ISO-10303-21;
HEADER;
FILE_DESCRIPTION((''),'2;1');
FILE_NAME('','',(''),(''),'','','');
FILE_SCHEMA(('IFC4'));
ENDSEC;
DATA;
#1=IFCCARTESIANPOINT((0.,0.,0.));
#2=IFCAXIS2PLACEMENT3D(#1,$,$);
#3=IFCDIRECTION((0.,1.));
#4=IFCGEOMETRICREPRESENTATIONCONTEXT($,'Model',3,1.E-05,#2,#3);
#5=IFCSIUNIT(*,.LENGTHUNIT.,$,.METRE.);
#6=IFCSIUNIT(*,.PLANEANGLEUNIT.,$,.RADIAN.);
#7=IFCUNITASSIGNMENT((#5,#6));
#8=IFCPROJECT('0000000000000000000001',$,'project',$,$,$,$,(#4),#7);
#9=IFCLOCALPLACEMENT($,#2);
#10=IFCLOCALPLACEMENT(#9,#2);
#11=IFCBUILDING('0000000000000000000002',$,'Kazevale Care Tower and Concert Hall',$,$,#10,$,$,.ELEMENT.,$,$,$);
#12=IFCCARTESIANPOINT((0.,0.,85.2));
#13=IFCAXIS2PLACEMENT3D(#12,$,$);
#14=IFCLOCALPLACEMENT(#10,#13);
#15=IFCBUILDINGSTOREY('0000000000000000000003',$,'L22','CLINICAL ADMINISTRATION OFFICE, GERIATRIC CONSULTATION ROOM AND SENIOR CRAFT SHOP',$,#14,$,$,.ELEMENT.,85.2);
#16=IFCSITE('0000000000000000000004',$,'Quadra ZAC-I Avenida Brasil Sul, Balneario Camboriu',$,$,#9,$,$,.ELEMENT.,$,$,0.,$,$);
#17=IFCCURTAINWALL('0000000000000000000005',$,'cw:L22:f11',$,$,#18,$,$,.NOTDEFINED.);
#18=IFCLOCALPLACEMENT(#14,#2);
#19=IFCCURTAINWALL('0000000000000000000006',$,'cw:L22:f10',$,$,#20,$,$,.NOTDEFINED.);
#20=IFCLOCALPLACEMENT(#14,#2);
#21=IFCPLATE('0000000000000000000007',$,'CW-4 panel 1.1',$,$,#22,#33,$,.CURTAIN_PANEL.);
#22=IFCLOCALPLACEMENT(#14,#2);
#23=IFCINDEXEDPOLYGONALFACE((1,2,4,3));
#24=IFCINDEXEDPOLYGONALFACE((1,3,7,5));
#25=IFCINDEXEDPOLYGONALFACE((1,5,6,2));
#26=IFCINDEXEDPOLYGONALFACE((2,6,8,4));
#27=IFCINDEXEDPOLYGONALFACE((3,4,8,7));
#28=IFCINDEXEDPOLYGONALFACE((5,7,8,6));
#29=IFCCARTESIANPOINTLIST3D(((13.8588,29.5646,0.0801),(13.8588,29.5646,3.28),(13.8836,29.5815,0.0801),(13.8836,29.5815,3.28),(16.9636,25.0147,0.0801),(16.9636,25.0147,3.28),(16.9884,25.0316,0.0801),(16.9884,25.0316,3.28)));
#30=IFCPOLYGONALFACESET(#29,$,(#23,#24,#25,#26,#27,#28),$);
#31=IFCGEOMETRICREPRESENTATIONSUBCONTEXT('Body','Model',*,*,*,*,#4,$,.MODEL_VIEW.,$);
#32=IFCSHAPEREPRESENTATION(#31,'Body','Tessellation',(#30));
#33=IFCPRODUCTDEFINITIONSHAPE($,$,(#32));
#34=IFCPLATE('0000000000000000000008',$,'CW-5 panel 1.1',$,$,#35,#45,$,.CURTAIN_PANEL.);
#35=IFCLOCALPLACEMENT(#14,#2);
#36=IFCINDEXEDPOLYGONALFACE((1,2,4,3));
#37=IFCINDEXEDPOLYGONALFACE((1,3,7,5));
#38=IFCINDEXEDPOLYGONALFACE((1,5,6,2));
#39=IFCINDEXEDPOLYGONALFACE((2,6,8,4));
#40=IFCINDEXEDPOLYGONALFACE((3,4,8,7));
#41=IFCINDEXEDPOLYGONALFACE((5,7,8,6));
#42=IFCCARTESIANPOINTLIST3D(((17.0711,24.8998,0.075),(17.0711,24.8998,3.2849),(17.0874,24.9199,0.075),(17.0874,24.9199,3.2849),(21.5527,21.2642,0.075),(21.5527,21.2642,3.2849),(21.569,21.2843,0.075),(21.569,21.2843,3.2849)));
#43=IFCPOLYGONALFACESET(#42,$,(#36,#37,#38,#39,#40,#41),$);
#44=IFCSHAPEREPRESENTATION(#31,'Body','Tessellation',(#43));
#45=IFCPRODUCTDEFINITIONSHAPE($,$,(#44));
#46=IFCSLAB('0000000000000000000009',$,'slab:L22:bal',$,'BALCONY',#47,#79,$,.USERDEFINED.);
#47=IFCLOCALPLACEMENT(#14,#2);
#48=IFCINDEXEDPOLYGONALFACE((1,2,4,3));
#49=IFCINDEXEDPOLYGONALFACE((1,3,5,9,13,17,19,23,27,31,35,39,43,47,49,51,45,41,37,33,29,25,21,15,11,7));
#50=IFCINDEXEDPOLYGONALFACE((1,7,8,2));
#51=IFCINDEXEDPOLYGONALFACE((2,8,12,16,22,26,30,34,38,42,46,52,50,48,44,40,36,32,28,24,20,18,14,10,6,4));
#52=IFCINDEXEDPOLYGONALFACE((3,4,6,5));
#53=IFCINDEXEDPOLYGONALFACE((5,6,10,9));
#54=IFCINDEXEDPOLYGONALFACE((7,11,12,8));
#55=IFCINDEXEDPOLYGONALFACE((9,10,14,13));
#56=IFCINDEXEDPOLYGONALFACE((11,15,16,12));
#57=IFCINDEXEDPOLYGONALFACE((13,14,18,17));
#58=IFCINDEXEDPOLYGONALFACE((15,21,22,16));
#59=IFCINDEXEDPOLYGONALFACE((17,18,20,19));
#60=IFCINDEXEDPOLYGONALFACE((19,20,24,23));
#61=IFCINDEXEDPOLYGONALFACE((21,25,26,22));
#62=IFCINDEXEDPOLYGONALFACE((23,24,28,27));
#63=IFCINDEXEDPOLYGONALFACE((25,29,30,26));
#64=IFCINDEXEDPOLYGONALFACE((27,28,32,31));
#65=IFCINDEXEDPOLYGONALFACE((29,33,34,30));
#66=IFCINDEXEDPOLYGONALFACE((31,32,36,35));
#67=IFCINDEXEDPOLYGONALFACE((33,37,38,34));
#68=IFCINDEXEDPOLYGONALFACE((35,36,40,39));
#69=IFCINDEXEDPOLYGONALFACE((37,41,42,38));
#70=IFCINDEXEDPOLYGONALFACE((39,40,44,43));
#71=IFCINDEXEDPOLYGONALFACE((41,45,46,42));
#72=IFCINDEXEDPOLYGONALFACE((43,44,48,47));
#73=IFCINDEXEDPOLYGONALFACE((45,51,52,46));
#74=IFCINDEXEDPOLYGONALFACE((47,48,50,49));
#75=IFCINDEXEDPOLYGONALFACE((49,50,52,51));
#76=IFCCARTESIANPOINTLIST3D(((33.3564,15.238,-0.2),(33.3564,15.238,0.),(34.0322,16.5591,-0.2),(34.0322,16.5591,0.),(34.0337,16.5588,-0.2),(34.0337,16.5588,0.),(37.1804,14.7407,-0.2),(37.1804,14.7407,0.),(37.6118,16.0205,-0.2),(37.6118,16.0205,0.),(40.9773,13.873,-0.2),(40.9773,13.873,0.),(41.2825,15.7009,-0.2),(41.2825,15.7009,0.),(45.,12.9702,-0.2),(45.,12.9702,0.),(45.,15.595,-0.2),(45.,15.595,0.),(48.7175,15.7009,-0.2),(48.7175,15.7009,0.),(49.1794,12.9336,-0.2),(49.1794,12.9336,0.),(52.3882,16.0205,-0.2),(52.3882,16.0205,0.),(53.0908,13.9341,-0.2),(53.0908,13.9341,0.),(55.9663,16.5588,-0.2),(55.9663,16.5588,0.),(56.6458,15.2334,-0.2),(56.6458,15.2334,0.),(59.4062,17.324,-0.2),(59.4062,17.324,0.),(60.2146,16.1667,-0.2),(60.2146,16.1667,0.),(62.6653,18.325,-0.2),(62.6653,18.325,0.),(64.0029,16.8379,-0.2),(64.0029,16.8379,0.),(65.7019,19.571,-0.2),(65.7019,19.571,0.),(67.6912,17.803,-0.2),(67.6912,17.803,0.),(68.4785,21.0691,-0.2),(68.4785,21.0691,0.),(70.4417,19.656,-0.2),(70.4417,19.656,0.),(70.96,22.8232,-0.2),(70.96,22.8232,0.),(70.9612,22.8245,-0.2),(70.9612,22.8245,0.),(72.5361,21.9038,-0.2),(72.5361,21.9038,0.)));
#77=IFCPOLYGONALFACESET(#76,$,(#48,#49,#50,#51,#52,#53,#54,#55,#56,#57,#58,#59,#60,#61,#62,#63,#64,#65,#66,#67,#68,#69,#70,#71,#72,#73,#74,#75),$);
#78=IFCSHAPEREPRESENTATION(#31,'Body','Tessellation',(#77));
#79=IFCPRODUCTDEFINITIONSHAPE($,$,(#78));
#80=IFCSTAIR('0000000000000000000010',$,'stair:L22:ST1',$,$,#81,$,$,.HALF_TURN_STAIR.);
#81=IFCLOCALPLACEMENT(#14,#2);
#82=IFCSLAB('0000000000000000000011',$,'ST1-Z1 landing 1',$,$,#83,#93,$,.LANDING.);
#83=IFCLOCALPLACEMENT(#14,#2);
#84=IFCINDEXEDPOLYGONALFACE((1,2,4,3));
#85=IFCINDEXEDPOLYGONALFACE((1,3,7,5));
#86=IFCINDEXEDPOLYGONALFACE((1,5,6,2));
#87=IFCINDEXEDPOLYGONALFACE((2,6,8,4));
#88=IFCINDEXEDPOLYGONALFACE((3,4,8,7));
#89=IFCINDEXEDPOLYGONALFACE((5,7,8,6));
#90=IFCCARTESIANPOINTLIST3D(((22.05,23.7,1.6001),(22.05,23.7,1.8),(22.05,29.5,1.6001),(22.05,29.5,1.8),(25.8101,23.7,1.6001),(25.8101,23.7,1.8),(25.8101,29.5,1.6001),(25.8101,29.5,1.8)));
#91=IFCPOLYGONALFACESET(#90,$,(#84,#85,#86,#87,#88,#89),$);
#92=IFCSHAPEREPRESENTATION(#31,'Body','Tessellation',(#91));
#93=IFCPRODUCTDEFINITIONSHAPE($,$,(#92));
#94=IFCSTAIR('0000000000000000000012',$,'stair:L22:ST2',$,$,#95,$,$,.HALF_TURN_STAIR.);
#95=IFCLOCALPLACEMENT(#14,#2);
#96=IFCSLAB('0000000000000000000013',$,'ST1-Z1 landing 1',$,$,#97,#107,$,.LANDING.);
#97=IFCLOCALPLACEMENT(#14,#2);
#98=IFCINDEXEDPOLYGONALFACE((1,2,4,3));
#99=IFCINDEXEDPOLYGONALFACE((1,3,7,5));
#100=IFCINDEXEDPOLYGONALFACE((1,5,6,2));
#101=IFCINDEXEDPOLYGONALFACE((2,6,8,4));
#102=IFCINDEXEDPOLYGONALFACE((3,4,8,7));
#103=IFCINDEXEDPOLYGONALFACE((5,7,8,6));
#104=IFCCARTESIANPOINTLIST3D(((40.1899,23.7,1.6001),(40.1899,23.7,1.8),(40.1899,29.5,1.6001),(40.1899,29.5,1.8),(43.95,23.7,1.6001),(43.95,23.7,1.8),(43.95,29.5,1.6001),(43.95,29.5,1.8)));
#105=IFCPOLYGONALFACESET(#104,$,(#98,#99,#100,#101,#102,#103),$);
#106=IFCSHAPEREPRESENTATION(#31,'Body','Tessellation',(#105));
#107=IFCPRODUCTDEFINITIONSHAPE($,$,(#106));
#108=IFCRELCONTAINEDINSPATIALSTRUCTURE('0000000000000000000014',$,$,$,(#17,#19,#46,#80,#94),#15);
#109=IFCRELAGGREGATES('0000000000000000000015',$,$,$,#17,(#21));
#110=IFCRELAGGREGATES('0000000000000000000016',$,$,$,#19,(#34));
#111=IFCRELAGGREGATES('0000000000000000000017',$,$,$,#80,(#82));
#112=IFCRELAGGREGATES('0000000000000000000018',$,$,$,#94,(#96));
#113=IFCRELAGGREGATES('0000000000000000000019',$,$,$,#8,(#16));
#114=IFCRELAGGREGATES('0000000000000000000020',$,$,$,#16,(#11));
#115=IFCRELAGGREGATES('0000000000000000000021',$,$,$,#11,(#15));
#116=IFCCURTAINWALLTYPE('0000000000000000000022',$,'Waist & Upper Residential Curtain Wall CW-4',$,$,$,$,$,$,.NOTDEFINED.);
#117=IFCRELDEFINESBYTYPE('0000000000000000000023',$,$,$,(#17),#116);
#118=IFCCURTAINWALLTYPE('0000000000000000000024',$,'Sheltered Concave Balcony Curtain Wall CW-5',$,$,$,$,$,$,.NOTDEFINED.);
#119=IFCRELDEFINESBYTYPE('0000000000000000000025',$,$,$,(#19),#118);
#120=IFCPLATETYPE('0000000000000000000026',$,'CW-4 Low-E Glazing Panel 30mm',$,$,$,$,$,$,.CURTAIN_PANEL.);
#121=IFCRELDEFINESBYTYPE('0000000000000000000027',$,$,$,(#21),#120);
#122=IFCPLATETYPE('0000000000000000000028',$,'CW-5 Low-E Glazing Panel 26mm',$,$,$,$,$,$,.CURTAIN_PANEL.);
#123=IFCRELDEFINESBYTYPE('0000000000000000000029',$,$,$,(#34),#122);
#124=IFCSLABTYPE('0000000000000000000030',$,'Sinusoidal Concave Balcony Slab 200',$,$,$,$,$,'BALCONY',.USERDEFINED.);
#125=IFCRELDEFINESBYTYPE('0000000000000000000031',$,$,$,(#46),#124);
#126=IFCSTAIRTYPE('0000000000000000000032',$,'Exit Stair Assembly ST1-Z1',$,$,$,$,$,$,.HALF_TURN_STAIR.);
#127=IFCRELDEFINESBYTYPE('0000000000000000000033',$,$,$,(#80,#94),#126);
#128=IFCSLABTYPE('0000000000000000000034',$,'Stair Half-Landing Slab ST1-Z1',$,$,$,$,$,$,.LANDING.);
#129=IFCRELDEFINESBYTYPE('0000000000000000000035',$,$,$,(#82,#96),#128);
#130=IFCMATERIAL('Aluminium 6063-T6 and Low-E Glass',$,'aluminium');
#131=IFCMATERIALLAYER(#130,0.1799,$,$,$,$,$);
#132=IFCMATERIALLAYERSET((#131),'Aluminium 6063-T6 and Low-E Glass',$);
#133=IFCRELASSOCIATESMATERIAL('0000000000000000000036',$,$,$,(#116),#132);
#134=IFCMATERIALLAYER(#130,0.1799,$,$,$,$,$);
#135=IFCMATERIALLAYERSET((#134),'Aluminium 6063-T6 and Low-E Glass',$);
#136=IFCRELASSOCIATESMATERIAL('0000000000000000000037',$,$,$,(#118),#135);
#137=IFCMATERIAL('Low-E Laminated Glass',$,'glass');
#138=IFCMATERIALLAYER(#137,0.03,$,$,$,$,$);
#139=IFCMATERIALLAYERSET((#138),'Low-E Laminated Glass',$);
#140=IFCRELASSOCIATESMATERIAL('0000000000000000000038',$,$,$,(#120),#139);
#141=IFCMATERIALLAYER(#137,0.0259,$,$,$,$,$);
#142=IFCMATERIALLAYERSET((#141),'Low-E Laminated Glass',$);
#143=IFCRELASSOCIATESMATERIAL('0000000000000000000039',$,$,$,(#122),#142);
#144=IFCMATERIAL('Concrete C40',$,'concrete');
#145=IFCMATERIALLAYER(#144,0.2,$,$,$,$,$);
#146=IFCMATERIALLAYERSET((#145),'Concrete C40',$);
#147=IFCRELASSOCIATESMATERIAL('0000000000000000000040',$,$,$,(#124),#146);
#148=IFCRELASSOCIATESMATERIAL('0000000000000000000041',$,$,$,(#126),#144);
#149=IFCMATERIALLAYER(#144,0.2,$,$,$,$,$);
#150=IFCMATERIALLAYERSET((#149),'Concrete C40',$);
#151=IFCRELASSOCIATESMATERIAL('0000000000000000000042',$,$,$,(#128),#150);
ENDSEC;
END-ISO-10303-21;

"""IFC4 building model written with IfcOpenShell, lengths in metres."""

from ifc_helpers import new_model, si_unit, direction, frame, origin, origin_2d, place, context, subcontext, project, spatial, polyline, rectangle, outline, extrude, material, layer, layer_set, type_object, element, aggregate, save


model = new_model("IFC4")

# Units and contexts
model_context = context("Model", 3, precision=1e-05, world=origin(), true_north=direction((0.0, 1.0)))
body_context = subcontext(model_context, "Body", "Model", "MODEL_VIEW")
ifc_project = project(units=[si_unit("LENGTHUNIT", "METRE"), si_unit("PLANEANGLEUNIT", "RADIAN")], contexts=[model_context])

# Site, building, storey
site_placement = place(None, origin())
site = spatial("IfcSite", under=ifc_project, at=site_placement, Name="Quadra ZAC-I Avenida Brasil Sul, Balneario Camboriu", CompositionType="ELEMENT", RefElevation=0.0)
building_placement = place(site_placement, origin())
building = spatial("IfcBuilding", under=site, at=building_placement, Name="Kazevale Care Tower and Concert Hall", CompositionType="ELEMENT")
storey_placement = place(building_placement, frame((0.0, 0.0, 85.2)))
storey = spatial("IfcBuildingStorey", under=building, at=storey_placement, Name="L22", Description="CLINICAL ADMINISTRATION OFFICE, GERIATRIC CONSULTATION ROOM AND SENIOR CRAFT SHOP", CompositionType="ELEMENT", Elevation=85.2)

# Curtain wall
ifc_material_1 = material(Name="Aluminium 6063-T6 and Low-E Glass", Category="aluminium")
ifc_layer_1 = layer(ifc_material_1, 0.1799)
ifc_layer_set_1 = layer_set([ifc_layer_1], Name="Aluminium 6063-T6 and Low-E Glass")
curtain_wall_type_1 = type_object("IfcCurtainWallType", Name="Waist & Upper Residential Curtain Wall CW-4", PredefinedType="NOTDEFINED", material=ifc_layer_set_1)
curtain_wall_1_placement = place(storey_placement, origin())
curtain_wall_1 = element("IfcCurtainWall", 1, at=curtain_wall_1_placement, inside=storey, type_object=curtain_wall_type_1, Name="cw:L22:f11", PredefinedType="NOTDEFINED")

# Shared definitions
ifc_layer_2 = layer(ifc_material_1, 0.1799)
ifc_layer_set_2 = layer_set([ifc_layer_2], Name="Aluminium 6063-T6 and Low-E Glass")
curtain_wall_type_2 = type_object("IfcCurtainWallType", Name="Sheltered Concave Balcony Curtain Wall CW-5", PredefinedType="NOTDEFINED", material=ifc_layer_set_2)

# Curtain wall
curtain_wall_2_placement = place(storey_placement, origin())
curtain_wall_2 = element("IfcCurtainWall", 2, at=curtain_wall_2_placement, inside=storey, type_object=curtain_wall_type_2, Name="cw:L22:f10", PredefinedType="NOTDEFINED")

# Plates
ifc_material_2 = material(Name="Low-E Laminated Glass", Category="glass")
ifc_layer_3 = layer(ifc_material_2, 0.03)
ifc_layer_set_3 = layer_set([ifc_layer_3], Name="Low-E Laminated Glass")
plate_type_1 = type_object("IfcPlateType", Name="CW-4 Low-E Glazing Panel 30mm", PredefinedType="CURTAIN_PANEL", material=ifc_layer_set_3)
plate_1_placement = place(storey_placement, frame((15.4236, 27.2981, 0.0801), z_axis=(0.0, 0.0, 1.0), x_axis=(-0.563665, 0.826003, 0.0)))
plate_1 = element("IfcPlate", 3, at=plate_1_placement, type_object=plate_type_1, Name="CW-4 panel 1.1", PredefinedType="CURTAIN_PANEL", context=body_context, shape_type="SweptSolid", body=[
    extrude(rectangle(XDim=5.5083, YDim=0.03, at=origin_2d()), origin(), (0.0, 0.0, 1.0), 3.2),
])
aggregate(curtain_wall_1, [plate_1])
ifc_layer_4 = layer(ifc_material_2, 0.0259)
ifc_layer_set_4 = layer_set([ifc_layer_4], Name="Low-E Laminated Glass")
plate_type_2 = type_object("IfcPlateType", Name="CW-5 Low-E Glazing Panel 26mm", PredefinedType="CURTAIN_PANEL", material=ifc_layer_set_4)
plate_2_placement = place(storey_placement, frame((19.3201, 23.092, 0.075), z_axis=(0.0, 0.0, 1.0), x_axis=(-0.776599, 0.629995, 0.0)))
plate_2 = element("IfcPlate", 4, at=plate_2_placement, type_object=plate_type_2, Name="CW-5 panel 1.1", PredefinedType="CURTAIN_PANEL", context=body_context, shape_type="SweptSolid", body=[
    extrude(rectangle(XDim=5.7708, YDim=0.0259, at=origin_2d()), origin(), (0.0, 0.0, 1.0), 3.21),
])
aggregate(curtain_wall_2, [plate_2])

# Slab
ifc_material_3 = material(Name="Concrete C40", Category="concrete")
ifc_layer_5 = layer(ifc_material_3, 0.2)
ifc_layer_set_5 = layer_set([ifc_layer_5], Name="Concrete C40")
slab_type_1 = type_object("IfcSlabType", Name="Sinusoidal Concave Balcony Slab 200", ElementType="BALCONY", PredefinedType="USERDEFINED", material=ifc_layer_set_5)
slab_1_placement = place(storey_placement, frame((0.0, 0.0, -0.2)))
element("IfcSlab", 5, at=slab_1_placement, inside=storey, type_object=slab_type_1, Name="slab:L22:bal", ObjectType="BALCONY", PredefinedType="USERDEFINED", context=body_context, shape_type="SweptSolid", body=[
    extrude(outline(polyline([(72.5361, 21.9038), (70.4417, 19.656), (67.6912, 17.803), (64.0029, 16.8379), (60.2146, 16.1667), (56.6458, 15.2334), (53.0908, 13.9341), (49.1794, 12.9336), (45.0, 12.9702), (40.9773, 13.873), (37.1804, 14.7407), (33.3564, 15.238), (34.0322, 16.5591), (34.0337, 16.5588), (37.6118, 16.0205), (41.2825, 15.7009), (45.0, 15.595), (48.7175, 15.7009), (52.3882, 16.0205), (55.9663, 16.5588), (59.4062, 17.324), (62.6653, 18.325), (65.7019, 19.571), (68.4785, 21.0691), (70.96, 22.8232), (70.9612, 22.8245), (72.5361, 21.9038)])), origin(), (0.0, 0.0, 1.0), 0.2),
])

# Stairs, slabs
stair_type = type_object("IfcStairType", Name="Exit Stair Assembly ST1-Z1", PredefinedType="HALF_TURN_STAIR", material=ifc_material_3)
stair_1_placement = place(storey_placement, origin())
stair_1 = element("IfcStair", 6, at=stair_1_placement, inside=storey, type_object=stair_type, Name="stair:L22:ST1", PredefinedType="HALF_TURN_STAIR")
ifc_layer_6 = layer(ifc_material_3, 0.2)
ifc_layer_set_6 = layer_set([ifc_layer_6], Name="Concrete C40")
slab_type_2 = type_object("IfcSlabType", Name="Stair Half-Landing Slab ST1-Z1", PredefinedType="LANDING", material=ifc_layer_set_6)
slab_2_placement = place(storey_placement, frame((0.0, 0.0, 1.6001)))
slab_2 = element("IfcSlab", 7, at=slab_2_placement, type_object=slab_type_2, Name="ST1-Z1 landing 1", PredefinedType="LANDING", context=body_context, shape_type="SweptSolid", body=[
    extrude(outline(polyline([(22.05, 23.7), (25.8101, 23.7), (25.8101, 29.5), (22.05, 29.5), (22.05, 23.7)])), origin(), (0.0, 0.0, 1.0), 0.2),
])
aggregate(stair_1, [slab_2])
stair_2_placement = place(storey_placement, origin())
stair_2 = element("IfcStair", 8, at=stair_2_placement, inside=storey, type_object=stair_type, Name="stair:L22:ST2", PredefinedType="HALF_TURN_STAIR")
slab_3_placement = place(storey_placement, frame((0.0, 0.0, 1.6001)))
slab_3 = element("IfcSlab", 9, at=slab_3_placement, type_object=slab_type_2, Name="ST1-Z1 landing 1", PredefinedType="LANDING", context=body_context, shape_type="SweptSolid", body=[
    extrude(outline(polyline([(40.1899, 23.7), (43.95, 23.7), (43.95, 29.5), (40.1899, 29.5), (40.1899, 23.7)])), origin(), (0.0, 0.0, 1.0), 0.2),
])
aggregate(stair_2, [slab_3])

save(model, "model.ifc")
